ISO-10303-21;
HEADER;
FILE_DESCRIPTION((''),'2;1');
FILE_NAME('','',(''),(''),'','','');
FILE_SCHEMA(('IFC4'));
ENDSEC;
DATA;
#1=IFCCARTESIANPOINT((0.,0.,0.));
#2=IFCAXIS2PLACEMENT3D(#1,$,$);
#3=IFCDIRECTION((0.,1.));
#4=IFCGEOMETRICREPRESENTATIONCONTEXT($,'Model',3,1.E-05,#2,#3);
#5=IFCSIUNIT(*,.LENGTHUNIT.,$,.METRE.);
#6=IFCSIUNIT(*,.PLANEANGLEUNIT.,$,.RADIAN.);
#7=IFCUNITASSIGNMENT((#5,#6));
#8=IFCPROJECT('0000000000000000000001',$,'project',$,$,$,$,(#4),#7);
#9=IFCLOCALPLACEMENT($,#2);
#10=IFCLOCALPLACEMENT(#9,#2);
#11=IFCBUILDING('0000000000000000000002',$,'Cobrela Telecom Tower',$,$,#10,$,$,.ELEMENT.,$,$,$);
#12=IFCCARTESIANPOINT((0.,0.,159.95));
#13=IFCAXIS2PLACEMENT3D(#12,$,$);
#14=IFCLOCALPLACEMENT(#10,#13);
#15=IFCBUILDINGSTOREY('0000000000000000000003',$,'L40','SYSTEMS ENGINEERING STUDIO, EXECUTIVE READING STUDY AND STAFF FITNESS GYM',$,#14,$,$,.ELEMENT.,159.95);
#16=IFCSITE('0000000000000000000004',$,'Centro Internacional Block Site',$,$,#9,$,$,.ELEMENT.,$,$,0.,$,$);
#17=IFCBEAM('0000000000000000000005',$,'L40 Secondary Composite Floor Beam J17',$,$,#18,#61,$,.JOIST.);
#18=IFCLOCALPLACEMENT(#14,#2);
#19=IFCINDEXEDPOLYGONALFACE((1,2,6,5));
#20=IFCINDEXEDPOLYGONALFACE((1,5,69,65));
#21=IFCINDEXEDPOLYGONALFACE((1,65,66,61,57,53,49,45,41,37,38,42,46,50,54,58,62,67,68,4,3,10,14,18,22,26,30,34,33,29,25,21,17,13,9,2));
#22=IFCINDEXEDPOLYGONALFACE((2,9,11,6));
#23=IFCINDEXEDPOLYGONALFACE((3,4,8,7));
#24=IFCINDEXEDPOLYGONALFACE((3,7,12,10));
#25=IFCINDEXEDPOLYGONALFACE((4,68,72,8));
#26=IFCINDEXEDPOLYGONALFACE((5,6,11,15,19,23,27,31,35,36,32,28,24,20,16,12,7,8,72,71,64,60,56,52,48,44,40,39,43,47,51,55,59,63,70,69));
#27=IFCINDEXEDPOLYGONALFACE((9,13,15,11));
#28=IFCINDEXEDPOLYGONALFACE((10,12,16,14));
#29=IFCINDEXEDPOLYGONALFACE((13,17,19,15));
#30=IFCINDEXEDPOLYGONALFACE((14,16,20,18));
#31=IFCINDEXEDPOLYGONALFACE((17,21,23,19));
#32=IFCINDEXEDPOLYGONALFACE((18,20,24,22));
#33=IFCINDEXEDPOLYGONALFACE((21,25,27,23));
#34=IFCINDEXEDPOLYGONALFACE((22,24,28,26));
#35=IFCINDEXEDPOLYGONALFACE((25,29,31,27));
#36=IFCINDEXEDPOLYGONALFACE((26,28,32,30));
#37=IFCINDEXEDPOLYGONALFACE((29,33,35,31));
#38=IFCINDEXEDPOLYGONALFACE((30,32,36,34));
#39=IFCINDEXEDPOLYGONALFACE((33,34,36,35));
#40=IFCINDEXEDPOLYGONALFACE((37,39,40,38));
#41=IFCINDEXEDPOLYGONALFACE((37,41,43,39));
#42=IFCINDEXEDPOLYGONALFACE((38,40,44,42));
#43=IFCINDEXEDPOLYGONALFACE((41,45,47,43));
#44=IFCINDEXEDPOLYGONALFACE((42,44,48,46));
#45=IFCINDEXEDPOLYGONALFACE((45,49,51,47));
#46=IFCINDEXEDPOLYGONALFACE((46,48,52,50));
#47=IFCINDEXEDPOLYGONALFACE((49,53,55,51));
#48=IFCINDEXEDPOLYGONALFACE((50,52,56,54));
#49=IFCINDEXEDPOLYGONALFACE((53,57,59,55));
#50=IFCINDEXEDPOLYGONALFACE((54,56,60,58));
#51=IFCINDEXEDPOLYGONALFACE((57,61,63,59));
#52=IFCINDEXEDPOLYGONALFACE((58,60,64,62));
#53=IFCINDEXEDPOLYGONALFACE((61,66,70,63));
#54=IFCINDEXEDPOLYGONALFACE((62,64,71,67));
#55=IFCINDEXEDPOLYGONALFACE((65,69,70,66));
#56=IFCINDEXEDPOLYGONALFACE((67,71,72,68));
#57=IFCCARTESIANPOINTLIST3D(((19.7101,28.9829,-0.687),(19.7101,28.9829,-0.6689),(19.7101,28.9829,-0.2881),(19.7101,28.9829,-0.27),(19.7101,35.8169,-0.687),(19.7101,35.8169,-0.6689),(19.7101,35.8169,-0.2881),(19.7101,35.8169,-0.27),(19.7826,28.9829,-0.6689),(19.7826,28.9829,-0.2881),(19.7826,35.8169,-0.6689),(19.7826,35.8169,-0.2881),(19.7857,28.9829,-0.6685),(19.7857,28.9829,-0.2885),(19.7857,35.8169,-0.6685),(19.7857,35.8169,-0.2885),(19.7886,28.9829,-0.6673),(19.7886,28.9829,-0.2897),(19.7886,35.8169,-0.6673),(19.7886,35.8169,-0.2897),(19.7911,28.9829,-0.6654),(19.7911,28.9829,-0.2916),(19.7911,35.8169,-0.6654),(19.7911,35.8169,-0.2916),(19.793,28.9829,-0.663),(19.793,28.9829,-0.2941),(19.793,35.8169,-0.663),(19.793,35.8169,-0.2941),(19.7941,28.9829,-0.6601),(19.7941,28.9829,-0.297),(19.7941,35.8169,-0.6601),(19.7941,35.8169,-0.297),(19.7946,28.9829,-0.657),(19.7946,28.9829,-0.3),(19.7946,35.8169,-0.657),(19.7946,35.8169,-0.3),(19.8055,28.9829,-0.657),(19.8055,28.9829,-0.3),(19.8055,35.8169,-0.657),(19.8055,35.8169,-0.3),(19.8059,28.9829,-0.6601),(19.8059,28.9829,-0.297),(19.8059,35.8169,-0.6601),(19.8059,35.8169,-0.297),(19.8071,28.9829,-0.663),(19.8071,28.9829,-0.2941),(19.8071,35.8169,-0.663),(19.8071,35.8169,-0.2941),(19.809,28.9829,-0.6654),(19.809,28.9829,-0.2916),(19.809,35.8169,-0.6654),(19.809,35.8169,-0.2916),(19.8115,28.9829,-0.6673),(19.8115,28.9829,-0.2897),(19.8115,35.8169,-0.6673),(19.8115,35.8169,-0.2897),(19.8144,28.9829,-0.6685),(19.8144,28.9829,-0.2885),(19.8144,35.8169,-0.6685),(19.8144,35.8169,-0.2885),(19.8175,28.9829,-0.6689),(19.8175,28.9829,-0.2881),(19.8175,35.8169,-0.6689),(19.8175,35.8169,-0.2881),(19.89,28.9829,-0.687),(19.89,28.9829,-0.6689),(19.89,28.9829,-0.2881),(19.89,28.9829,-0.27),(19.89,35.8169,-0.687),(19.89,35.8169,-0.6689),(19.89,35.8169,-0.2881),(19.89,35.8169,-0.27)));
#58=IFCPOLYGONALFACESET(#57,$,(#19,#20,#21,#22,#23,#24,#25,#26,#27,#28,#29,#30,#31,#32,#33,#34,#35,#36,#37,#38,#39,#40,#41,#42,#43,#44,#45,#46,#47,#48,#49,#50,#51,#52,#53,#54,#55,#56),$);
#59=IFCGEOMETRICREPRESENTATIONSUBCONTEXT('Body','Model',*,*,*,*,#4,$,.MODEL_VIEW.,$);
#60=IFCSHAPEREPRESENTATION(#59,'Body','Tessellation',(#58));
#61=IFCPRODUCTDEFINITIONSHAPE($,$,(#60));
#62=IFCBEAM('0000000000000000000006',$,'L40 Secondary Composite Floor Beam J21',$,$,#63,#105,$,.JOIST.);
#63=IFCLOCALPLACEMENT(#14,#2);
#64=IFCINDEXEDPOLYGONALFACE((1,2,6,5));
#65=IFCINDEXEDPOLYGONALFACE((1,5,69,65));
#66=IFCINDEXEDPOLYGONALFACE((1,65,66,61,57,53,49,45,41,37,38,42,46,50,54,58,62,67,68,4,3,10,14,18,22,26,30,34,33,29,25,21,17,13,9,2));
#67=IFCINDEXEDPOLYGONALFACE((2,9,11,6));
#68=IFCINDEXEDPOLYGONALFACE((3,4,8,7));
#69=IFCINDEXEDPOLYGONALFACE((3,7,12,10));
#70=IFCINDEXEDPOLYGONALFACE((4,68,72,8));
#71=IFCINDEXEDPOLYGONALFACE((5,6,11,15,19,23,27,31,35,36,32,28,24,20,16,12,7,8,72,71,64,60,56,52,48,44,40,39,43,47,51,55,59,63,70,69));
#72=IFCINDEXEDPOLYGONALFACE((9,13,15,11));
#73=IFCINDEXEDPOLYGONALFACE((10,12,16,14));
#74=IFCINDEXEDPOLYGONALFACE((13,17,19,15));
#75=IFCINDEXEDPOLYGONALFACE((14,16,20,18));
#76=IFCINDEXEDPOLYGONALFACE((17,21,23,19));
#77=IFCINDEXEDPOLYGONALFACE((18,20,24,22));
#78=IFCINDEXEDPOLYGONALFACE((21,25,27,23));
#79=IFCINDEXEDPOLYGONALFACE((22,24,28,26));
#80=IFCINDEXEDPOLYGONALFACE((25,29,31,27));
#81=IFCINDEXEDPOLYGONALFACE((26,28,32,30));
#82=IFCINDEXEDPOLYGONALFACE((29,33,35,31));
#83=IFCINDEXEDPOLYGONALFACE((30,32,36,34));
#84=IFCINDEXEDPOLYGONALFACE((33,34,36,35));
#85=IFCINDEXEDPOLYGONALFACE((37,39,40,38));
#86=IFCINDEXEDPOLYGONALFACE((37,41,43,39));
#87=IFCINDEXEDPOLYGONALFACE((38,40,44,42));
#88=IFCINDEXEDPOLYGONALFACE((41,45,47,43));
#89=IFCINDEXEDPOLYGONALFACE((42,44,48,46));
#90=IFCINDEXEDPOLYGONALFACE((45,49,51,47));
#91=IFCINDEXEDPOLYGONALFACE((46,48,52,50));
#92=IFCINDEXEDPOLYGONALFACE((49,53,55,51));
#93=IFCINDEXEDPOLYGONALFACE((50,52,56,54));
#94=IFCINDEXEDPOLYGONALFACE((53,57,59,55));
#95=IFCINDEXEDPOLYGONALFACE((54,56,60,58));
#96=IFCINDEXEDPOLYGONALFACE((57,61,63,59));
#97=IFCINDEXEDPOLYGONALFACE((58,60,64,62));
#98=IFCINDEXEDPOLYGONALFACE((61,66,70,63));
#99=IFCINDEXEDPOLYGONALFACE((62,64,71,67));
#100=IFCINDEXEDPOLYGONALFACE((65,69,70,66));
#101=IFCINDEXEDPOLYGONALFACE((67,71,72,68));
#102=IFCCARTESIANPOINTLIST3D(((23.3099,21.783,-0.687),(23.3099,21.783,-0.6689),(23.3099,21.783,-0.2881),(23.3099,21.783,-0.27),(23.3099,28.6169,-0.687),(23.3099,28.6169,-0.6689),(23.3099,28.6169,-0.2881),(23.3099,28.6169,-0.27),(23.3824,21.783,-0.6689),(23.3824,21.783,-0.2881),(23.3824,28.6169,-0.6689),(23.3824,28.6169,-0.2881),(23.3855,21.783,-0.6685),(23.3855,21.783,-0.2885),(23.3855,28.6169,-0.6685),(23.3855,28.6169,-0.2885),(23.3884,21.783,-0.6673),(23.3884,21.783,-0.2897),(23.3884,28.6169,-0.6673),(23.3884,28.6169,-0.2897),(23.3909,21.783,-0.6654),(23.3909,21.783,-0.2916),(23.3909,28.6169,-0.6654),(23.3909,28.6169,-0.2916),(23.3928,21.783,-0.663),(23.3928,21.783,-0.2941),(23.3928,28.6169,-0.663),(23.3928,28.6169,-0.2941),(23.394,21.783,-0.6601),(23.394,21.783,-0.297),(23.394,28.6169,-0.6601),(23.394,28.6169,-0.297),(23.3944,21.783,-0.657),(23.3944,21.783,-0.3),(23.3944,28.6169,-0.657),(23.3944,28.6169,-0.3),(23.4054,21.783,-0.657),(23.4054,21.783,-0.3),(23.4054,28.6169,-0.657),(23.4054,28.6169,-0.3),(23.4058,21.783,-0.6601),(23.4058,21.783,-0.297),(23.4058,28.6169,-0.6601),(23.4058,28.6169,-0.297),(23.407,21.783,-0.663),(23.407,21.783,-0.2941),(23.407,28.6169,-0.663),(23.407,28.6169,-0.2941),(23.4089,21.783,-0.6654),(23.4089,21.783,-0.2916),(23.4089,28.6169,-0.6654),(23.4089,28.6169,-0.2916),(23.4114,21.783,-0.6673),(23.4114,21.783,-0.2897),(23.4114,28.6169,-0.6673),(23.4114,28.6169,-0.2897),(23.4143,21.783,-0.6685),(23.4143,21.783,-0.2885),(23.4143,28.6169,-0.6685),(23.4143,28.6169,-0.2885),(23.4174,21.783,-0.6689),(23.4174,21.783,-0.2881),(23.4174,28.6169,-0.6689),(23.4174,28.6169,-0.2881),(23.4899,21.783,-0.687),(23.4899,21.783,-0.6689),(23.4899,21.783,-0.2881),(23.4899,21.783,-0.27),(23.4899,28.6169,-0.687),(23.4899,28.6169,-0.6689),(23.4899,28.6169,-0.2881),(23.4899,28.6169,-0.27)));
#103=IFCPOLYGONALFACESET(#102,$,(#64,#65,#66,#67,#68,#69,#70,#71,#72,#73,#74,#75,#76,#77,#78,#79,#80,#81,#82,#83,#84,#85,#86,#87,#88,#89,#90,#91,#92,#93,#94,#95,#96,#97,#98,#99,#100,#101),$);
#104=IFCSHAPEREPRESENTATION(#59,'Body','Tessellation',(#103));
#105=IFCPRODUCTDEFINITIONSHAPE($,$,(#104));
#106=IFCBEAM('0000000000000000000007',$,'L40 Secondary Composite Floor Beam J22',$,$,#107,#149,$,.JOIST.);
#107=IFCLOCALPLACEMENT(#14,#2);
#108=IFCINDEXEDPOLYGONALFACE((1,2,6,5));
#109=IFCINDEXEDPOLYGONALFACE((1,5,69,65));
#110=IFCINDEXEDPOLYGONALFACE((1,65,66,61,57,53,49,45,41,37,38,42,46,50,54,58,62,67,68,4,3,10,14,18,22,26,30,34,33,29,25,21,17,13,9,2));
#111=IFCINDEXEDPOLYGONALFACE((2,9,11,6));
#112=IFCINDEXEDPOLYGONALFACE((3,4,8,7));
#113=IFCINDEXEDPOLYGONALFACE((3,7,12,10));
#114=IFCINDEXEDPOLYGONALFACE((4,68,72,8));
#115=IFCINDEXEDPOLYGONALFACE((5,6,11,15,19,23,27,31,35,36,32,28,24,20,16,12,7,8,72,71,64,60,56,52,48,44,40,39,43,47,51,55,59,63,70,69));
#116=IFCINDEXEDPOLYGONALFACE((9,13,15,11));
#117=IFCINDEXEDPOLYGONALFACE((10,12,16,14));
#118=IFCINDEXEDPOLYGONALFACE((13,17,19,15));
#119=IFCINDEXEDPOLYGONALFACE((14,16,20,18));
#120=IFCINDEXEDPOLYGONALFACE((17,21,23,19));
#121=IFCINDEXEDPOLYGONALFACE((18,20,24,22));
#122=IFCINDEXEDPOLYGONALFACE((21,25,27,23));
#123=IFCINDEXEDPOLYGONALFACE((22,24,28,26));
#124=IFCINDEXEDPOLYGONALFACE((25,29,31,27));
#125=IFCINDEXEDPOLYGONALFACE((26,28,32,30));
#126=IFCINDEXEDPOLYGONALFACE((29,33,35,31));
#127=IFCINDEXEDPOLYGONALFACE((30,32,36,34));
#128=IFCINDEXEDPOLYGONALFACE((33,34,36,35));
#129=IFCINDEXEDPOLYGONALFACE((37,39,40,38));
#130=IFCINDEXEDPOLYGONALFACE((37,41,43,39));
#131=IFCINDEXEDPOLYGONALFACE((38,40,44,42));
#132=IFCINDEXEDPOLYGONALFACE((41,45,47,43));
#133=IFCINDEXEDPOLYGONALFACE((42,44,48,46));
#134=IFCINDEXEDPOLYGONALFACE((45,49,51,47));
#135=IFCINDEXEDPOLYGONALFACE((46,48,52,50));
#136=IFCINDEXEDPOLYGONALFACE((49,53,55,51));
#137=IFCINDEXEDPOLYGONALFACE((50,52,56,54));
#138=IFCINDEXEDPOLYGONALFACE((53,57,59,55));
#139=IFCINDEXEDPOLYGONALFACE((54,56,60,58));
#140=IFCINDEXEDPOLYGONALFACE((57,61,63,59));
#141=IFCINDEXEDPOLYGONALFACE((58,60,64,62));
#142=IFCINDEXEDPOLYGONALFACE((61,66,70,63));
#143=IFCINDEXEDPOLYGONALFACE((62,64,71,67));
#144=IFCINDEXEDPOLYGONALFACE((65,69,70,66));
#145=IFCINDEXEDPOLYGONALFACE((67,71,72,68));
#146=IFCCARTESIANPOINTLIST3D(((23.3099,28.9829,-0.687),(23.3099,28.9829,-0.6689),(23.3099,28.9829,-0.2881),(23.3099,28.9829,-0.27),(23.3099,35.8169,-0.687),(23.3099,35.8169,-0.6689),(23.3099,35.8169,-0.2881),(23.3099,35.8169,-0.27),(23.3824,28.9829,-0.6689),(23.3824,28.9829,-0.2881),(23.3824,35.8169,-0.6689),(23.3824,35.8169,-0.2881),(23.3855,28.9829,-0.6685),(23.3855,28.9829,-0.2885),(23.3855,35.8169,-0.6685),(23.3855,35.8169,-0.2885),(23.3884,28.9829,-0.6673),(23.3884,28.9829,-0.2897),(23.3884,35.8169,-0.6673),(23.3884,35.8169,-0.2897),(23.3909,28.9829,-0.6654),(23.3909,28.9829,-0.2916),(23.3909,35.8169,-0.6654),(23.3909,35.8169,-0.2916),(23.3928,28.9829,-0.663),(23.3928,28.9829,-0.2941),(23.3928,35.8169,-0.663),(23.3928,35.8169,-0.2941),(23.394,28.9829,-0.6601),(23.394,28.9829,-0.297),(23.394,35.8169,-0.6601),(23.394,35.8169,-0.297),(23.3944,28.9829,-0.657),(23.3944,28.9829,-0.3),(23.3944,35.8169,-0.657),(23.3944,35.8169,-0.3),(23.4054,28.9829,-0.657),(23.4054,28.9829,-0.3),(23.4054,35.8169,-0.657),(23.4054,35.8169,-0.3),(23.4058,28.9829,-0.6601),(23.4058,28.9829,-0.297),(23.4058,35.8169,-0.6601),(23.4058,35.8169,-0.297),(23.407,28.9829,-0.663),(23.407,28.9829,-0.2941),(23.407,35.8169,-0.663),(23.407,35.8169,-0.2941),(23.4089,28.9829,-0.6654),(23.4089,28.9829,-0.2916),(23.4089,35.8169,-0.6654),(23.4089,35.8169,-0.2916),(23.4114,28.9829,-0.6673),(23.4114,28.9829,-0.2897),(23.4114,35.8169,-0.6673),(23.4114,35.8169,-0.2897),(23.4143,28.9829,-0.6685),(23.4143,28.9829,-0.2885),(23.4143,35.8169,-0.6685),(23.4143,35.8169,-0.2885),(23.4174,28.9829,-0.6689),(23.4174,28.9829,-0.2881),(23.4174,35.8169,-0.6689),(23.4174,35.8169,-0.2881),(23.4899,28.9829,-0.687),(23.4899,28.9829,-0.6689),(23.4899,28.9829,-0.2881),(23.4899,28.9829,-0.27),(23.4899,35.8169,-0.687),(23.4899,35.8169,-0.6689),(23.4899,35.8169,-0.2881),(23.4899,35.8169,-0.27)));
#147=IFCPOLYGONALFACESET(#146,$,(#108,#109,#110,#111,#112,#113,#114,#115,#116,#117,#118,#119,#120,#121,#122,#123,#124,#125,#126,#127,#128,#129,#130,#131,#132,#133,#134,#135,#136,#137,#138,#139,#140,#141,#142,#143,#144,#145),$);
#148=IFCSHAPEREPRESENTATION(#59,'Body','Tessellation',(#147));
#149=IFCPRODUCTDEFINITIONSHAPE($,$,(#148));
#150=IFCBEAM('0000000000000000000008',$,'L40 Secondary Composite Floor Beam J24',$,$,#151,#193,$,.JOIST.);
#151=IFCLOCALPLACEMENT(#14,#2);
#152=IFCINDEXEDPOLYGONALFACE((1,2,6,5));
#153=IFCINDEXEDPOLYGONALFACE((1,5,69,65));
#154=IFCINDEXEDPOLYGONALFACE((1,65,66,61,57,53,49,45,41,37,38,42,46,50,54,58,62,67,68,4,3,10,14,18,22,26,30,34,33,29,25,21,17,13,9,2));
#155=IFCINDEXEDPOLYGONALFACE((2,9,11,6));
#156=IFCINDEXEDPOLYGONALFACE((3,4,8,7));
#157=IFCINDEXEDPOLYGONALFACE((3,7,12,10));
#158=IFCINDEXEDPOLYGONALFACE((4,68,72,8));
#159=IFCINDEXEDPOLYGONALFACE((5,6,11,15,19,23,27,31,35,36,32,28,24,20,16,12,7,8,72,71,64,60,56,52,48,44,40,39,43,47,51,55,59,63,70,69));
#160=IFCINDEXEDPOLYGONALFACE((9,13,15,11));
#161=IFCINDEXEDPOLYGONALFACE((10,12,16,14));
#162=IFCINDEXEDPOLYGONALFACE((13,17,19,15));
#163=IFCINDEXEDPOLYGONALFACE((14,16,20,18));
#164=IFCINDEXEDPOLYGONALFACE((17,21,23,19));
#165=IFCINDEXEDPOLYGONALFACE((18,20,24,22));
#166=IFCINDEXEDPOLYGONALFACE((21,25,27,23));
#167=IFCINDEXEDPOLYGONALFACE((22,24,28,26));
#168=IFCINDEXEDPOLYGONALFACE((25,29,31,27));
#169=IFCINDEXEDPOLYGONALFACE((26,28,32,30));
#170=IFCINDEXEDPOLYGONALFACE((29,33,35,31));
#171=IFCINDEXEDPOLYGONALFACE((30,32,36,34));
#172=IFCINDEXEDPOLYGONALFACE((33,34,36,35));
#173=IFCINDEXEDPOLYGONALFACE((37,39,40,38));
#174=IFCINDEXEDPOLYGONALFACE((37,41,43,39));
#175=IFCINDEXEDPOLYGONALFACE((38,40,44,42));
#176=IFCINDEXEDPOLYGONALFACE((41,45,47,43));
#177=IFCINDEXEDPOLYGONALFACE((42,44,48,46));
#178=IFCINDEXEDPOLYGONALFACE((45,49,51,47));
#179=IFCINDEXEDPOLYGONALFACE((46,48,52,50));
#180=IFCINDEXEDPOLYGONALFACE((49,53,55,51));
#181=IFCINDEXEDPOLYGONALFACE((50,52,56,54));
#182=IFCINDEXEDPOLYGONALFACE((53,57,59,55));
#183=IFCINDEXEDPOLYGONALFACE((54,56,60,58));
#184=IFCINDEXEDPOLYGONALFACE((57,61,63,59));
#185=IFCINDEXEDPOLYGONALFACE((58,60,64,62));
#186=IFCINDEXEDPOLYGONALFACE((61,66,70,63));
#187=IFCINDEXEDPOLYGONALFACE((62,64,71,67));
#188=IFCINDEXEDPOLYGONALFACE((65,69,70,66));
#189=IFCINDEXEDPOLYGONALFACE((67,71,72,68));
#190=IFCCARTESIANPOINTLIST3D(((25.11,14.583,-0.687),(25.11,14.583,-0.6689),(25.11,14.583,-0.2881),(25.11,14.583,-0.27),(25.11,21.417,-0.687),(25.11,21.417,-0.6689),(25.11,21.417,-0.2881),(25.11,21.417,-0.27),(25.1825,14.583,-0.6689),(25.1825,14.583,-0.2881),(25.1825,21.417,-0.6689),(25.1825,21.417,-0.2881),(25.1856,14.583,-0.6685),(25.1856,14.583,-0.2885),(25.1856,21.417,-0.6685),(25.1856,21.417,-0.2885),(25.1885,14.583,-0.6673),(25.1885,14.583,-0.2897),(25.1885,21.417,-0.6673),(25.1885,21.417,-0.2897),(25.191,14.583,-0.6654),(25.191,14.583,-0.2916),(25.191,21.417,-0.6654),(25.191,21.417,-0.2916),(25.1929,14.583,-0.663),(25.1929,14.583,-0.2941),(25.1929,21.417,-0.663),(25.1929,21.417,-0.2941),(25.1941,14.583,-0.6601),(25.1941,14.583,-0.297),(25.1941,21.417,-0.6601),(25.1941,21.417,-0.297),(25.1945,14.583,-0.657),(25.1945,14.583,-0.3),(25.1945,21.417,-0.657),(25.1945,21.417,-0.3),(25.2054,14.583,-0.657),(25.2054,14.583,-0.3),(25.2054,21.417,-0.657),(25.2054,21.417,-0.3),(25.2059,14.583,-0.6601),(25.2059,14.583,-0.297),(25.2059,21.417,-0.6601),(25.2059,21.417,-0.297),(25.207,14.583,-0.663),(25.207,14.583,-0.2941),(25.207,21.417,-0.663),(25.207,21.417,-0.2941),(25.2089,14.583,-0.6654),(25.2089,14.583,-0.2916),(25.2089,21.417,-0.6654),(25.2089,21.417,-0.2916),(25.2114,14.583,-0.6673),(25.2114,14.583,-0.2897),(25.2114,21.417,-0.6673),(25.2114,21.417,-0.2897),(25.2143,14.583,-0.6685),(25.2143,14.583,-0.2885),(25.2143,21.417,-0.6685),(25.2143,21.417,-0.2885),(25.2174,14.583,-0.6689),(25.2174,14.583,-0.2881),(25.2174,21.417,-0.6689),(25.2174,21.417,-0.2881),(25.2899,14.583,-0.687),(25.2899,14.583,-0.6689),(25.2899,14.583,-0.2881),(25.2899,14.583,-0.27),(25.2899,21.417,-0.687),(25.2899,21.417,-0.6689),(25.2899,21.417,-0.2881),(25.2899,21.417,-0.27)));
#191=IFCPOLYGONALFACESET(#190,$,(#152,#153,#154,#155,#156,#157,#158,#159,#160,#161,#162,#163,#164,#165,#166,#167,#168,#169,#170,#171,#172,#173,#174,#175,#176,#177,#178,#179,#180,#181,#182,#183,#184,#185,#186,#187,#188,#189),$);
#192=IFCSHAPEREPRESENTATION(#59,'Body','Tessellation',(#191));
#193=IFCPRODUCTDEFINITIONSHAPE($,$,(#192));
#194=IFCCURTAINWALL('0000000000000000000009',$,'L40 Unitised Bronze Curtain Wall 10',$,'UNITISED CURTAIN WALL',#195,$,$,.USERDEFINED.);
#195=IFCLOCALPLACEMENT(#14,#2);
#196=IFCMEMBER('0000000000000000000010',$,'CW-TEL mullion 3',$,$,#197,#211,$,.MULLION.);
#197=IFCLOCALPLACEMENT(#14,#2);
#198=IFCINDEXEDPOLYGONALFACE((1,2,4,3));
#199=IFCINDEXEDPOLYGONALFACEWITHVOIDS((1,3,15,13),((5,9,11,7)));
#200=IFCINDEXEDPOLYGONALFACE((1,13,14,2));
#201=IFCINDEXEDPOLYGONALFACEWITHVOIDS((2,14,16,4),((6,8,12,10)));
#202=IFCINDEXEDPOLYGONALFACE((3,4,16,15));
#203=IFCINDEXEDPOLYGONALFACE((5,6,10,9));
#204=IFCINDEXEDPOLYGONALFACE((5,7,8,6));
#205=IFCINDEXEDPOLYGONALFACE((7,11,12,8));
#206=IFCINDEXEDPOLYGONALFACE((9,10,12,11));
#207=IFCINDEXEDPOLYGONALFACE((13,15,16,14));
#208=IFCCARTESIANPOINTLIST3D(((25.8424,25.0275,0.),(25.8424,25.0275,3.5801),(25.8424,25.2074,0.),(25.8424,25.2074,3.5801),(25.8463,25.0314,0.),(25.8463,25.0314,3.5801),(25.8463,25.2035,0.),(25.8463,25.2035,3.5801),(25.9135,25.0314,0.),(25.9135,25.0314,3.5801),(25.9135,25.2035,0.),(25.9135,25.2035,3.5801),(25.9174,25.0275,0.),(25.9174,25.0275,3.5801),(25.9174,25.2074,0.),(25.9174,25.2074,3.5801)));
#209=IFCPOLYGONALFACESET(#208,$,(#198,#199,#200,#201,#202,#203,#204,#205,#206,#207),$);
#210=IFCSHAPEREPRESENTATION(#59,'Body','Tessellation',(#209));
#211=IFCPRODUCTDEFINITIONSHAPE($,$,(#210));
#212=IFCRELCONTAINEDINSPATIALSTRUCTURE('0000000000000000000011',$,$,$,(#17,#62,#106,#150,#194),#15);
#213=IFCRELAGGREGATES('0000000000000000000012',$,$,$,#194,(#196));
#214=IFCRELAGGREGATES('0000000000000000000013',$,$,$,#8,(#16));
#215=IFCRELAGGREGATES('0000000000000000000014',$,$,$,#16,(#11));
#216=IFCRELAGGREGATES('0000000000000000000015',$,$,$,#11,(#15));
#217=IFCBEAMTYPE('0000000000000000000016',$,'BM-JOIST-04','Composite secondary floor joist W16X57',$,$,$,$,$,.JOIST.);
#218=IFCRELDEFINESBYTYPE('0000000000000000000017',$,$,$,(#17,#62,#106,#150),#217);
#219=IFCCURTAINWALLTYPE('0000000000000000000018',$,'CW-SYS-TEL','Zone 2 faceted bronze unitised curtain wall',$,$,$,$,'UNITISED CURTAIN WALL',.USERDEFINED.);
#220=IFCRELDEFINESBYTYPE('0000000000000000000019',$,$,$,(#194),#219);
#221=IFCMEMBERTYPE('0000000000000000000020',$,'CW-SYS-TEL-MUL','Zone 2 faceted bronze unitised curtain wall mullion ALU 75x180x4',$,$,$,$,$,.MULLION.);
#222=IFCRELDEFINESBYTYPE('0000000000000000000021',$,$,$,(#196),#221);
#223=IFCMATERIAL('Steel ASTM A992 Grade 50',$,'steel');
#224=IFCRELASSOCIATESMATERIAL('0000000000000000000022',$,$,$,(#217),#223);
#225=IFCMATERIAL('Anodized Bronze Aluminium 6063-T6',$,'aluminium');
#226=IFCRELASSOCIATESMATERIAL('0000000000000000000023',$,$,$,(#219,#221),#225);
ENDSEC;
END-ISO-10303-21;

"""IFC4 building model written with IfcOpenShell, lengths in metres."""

from ifc_helpers import new_model, si_unit, direction, frame, origin, origin_2d, place, context, subcontext, project, spatial, hollow_rectangle, i_section, extrude, material, material_profile, profile_set, type_object, element, aggregate, save


model = new_model("IFC4")

# Units and contexts
model_context = context("Model", 3, precision=1e-05, world=origin(), true_north=direction((0.0, 1.0)))
body_context = subcontext(model_context, "Body", "Model", "MODEL_VIEW")
ifc_project = project(units=[si_unit("LENGTHUNIT", "METRE"), si_unit("PLANEANGLEUNIT", "RADIAN")], contexts=[model_context])

# Site, building, storey
site_placement = place(None, origin())
site = spatial("IfcSite", under=ifc_project, at=site_placement, Name="Centro Internacional Block Site", CompositionType="ELEMENT", RefElevation=0.0)
building_placement = place(site_placement, origin())
building = spatial("IfcBuilding", under=site, at=building_placement, Name="Cobrela Telecom Tower", CompositionType="ELEMENT")
storey_placement = place(building_placement, frame((0.0, 0.0, 159.95)))
storey = spatial("IfcBuildingStorey", under=building, at=storey_placement, Name="L40", Description="SYSTEMS ENGINEERING STUDIO, EXECUTIVE READING STUDY AND STAFF FITNESS GYM", CompositionType="ELEMENT", Elevation=159.95)

# Shared definitions
ifc_material_1 = material(Name="Steel ASTM A992 Grade 50", Category="steel")

# Beams
ifc_material_profile_1 = material_profile(ifc_material_1, i_section(OverallWidth=0.1799, OverallDepth=0.417, WebThickness=0.011, FlangeThickness=0.0181, FilletRadius=0.012, at=origin_2d()), Name="W16X57")
ifc_profile_set_1 = profile_set([ifc_material_profile_1], Name="Steel ASTM A992 Grade 50")
beam_type_1 = type_object("IfcBeamType", Name="BM-JOIST-04", Description="Composite secondary floor joist W16X57", PredefinedType="JOIST", material=ifc_profile_set_1)
for number, where, z_axis, x_axis, name in (
    (1, (19.8, 28.9829, -0.4785), (0.0, 1.0, 0.0), (-1.0, 0.0, 0.0), "L40 Secondary Composite Floor Beam J17"),
    (2, (23.3999, 21.783, -0.4785), (0.0, 1.0, 0.0), (-1.0, 0.0, 0.0), "L40 Secondary Composite Floor Beam J21"),
    (3, (23.3999, 28.9829, -0.4785), (0.0, 1.0, 0.0), (-1.0, 0.0, 0.0), "L40 Secondary Composite Floor Beam J22"),
    (4, (25.2, 14.583, -0.4785), (0.0, 1.0, 0.0), (-1.0, 0.0, 0.0), "L40 Secondary Composite Floor Beam J24"),
):
    element("IfcBeam", number, at=place(storey_placement, frame(where, z_axis=z_axis, x_axis=x_axis)), inside=storey, type_object=beam_type_1, Name=name, PredefinedType="JOIST", context=body_context, shape_type="SweptSolid", body=[
        extrude(i_section(OverallWidth=0.1799, OverallDepth=0.417, WebThickness=0.011, FlangeThickness=0.0181, FilletRadius=0.012, at=origin_2d()), origin(), (0.0, 0.0, 1.0), 6.834),
    ])

# Curtain wall, member
ifc_material_2 = material(Name="Anodized Bronze Aluminium 6063-T6", Category="aluminium")
curtain_wall_type = type_object("IfcCurtainWallType", Name="CW-SYS-TEL", Description="Zone 2 faceted bronze unitised curtain wall", ElementType="UNITISED CURTAIN WALL", PredefinedType="USERDEFINED", material=ifc_material_2)
curtain_wall_1_placement = place(storey_placement, origin())
curtain_wall_1 = element("IfcCurtainWall", 5, at=curtain_wall_1_placement, inside=storey, type_object=curtain_wall_type, Name="L40 Unitised Bronze Curtain Wall 10", ObjectType="UNITISED CURTAIN WALL", PredefinedType="USERDEFINED")
ifc_material_profile_2 = material_profile(ifc_material_2, hollow_rectangle(XDim=0.075, YDim=0.1799, WallThickness=0.0039, at=origin_2d()), Name="ALU 75x180x4")
ifc_profile_set_2 = profile_set([ifc_material_profile_2], Name="Anodized Bronze Aluminium 6063-T6")
member_type_1 = type_object("IfcMemberType", Name="CW-SYS-TEL-MUL", Description="Zone 2 faceted bronze unitised curtain wall mullion ALU 75x180x4", PredefinedType="MULLION", material=ifc_profile_set_2)
member_1_placement = place(storey_placement, frame((25.8799, 25.1174, 0.0), z_axis=(0.0, 0.0, 1.0), x_axis=(1.0, 0.0, 0.0)))
member_1 = element("IfcMember", 6, at=member_1_placement, type_object=member_type_1, Name="CW-TEL mullion 3", PredefinedType="MULLION", context=body_context, shape_type="SweptSolid", body=[
    extrude(hollow_rectangle(XDim=0.075, YDim=0.1799, WallThickness=0.0039, at=origin_2d()), origin(), (0.0, 0.0, 1.0), 3.5801),
])

aggregate(curtain_wall_1, [member_1])

save(model, "model.ifc")
